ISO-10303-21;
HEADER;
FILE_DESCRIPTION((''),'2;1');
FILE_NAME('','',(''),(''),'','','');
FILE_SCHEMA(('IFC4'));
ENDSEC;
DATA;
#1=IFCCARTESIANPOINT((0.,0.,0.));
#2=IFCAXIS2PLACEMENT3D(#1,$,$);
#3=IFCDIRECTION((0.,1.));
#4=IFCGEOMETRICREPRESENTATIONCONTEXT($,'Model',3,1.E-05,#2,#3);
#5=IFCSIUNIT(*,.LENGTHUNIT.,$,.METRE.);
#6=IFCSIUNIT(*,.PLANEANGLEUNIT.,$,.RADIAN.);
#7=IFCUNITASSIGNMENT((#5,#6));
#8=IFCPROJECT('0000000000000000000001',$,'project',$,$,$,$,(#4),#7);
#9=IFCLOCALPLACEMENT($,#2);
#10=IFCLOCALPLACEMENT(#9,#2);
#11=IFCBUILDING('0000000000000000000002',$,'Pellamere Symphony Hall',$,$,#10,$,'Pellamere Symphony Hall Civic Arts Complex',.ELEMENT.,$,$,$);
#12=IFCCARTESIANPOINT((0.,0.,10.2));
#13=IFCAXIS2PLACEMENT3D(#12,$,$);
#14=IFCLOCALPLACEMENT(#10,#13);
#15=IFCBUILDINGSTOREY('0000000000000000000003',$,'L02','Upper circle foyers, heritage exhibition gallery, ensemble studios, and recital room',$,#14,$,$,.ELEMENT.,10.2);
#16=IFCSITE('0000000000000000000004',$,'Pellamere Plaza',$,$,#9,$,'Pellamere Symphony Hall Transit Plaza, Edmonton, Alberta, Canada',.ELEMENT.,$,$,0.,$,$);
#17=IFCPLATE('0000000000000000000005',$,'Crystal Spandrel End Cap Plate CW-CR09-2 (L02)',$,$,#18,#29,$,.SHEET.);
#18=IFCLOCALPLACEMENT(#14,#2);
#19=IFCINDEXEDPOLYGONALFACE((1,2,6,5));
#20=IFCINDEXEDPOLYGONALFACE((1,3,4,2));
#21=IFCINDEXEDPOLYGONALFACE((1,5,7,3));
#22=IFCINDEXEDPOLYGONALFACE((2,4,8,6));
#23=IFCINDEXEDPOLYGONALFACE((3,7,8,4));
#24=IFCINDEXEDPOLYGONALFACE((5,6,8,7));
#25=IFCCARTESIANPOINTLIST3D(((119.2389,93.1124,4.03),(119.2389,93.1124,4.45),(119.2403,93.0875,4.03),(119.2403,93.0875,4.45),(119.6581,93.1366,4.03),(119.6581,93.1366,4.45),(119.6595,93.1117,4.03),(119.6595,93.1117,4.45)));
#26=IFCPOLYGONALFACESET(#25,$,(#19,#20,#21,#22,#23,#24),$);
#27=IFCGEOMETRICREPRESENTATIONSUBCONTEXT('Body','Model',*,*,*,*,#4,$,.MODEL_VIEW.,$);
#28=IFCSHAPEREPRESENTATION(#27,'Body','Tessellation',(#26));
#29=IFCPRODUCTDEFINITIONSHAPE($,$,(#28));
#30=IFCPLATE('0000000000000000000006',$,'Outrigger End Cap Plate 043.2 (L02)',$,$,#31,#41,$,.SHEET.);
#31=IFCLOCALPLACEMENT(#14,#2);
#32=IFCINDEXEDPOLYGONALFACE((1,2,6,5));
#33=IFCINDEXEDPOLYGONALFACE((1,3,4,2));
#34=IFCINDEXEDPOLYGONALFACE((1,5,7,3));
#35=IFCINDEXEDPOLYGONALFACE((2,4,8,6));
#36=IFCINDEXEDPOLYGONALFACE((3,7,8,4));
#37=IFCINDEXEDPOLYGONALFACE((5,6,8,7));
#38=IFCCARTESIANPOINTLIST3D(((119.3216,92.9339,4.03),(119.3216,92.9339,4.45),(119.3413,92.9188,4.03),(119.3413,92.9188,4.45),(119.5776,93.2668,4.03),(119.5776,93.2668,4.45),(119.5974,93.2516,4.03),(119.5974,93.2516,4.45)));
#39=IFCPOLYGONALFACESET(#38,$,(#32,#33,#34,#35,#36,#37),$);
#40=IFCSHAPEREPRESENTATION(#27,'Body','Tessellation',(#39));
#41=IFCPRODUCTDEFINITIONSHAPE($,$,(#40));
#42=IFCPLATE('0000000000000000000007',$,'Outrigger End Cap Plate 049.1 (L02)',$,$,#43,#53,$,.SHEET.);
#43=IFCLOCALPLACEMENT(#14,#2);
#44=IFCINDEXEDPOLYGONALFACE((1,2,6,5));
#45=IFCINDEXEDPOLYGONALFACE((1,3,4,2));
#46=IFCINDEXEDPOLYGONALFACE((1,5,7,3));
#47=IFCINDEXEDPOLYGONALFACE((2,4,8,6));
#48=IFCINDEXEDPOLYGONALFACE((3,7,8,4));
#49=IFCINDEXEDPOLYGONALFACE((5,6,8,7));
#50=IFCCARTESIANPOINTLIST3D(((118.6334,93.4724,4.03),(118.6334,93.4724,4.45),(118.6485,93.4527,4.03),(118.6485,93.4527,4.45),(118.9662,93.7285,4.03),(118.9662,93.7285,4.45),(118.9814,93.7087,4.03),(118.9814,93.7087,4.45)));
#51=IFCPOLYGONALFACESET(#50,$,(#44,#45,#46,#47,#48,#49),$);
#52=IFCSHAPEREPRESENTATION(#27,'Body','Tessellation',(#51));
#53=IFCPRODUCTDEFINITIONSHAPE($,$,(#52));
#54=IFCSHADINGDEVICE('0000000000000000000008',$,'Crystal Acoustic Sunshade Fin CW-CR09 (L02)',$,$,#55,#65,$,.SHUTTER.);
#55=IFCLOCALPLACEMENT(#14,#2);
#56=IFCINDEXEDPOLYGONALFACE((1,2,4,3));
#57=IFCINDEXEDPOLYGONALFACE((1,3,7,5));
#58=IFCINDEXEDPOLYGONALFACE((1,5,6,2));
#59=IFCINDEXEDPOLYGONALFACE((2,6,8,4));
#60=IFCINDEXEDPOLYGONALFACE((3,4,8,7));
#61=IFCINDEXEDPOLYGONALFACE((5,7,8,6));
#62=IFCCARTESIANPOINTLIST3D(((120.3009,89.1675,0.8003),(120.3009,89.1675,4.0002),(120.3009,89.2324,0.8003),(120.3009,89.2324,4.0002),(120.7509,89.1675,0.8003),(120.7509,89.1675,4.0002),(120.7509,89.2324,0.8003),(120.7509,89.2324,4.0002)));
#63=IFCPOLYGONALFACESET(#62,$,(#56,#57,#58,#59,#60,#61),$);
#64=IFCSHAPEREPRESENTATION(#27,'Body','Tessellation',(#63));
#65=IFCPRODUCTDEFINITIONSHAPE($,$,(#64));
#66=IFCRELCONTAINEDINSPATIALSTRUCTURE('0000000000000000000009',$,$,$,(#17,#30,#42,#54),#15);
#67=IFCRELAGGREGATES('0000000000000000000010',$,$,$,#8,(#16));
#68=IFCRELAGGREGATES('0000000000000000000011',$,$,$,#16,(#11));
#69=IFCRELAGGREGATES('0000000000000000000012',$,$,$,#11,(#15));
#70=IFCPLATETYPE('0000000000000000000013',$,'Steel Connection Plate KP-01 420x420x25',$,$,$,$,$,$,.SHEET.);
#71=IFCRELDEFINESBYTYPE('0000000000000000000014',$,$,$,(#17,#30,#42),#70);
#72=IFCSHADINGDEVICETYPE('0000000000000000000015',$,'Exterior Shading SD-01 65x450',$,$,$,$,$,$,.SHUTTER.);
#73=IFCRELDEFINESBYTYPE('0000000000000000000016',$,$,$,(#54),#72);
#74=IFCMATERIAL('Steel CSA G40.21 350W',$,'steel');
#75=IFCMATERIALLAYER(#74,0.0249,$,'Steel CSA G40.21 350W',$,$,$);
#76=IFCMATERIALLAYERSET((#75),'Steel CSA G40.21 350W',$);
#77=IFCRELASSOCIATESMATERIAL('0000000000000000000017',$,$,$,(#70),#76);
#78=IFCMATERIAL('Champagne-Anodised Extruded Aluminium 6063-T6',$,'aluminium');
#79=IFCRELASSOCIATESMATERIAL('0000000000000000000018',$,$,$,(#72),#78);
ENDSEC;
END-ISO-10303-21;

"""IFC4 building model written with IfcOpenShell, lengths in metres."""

from ifc_helpers import new_model, si_unit, direction, frame, origin, origin_2d, place, context, subcontext, project, spatial, rectangle, extrude, material, layer, layer_set, type_object, element, save


model = new_model("IFC4")

# Units and contexts
model_context = context("Model", 3, precision=1e-05, world=origin(), true_north=direction((0.0, 1.0)))
body_context = subcontext(model_context, "Body", "Model", "MODEL_VIEW")
ifc_project = project(units=[si_unit("LENGTHUNIT", "METRE"), si_unit("PLANEANGLEUNIT", "RADIAN")], contexts=[model_context])

# Site, building, storey
site_placement = place(None, origin())
site = spatial("IfcSite", under=ifc_project, at=site_placement, Name="Pellamere Plaza", LongName="Pellamere Symphony Hall Transit Plaza, Edmonton, Alberta, Canada", CompositionType="ELEMENT", RefElevation=0.0)
building_placement = place(site_placement, origin())
building = spatial("IfcBuilding", under=site, at=building_placement, Name="Pellamere Symphony Hall", LongName="Pellamere Symphony Hall Civic Arts Complex", CompositionType="ELEMENT")
storey_placement = place(building_placement, frame((0.0, 0.0, 10.2)))
storey = spatial("IfcBuildingStorey", under=building, at=storey_placement, Name="L02", Description="Upper circle foyers, heritage exhibition gallery, ensemble studios, and recital room", CompositionType="ELEMENT", Elevation=10.2)

# Shared definitions
ifc_material_1 = material(Name="Steel CSA G40.21 350W", Category="steel")

# Plates
ifc_layer_1 = layer(ifc_material_1, 0.0249, Name="Steel CSA G40.21 350W")
ifc_layer_set_1 = layer_set([ifc_layer_1], Name="Steel CSA G40.21 350W")
plate_type_1 = type_object("IfcPlateType", Name="Steel Connection Plate KP-01 420x420x25", PredefinedType="SHEET", material=ifc_layer_set_1)
for number, where, z_axis, x_axis, name in (
    (1, (119.4492, 93.1121, 4.03), (0.0, 0.0, 1.0), (-0.057564, 0.998342, 0.0), "Crystal Spandrel End Cap Plate CW-CR09-2 (L02)"),
    (2, (119.4595, 93.0928, 4.03), (0.0, 0.0, 1.0), (0.792609, -0.60973, 0.0), "Outrigger End Cap Plate 043.2 (L02)"),
    (3, (118.8074, 93.5906, 4.03), (0.0, 0.0, 1.0), (-0.60973, 0.792609, 0.0), "Outrigger End Cap Plate 049.1 (L02)"),
):
    element("IfcPlate", number, at=place(storey_placement, frame(where, z_axis=z_axis, x_axis=x_axis)), inside=storey, type_object=plate_type_1, Name=name, PredefinedType="SHEET", context=body_context, shape_type="SweptSolid", body=[
        extrude(rectangle(XDim=0.0249, YDim=0.4199, at=origin_2d()), origin(), (0.0, 0.0, 1.0), 0.4199),
    ])

# Shading device
ifc_material_2 = material(Name="Champagne-Anodised Extruded Aluminium 6063-T6", Category="aluminium")
shading_device_type = type_object("IfcShadingDeviceType", Name="Exterior Shading SD-01 65x450", PredefinedType="SHUTTER", material=ifc_material_2)
shading_device_placement = place(storey_placement, frame((120.5259, 89.2, 0.8003), z_axis=(0.0, 0.0, 1.0), x_axis=(0.0, 1.0, 0.0)))
element("IfcShadingDevice", 4, at=shading_device_placement, inside=storey, type_object=shading_device_type, Name="Crystal Acoustic Sunshade Fin CW-CR09 (L02)", PredefinedType="SHUTTER", context=body_context, shape_type="SweptSolid", body=[
    extrude(rectangle(XDim=0.0649, YDim=0.45, at=origin_2d()), origin(), (0.0, 0.0, 1.0), 3.2),
])

save(model, "model.ifc")
